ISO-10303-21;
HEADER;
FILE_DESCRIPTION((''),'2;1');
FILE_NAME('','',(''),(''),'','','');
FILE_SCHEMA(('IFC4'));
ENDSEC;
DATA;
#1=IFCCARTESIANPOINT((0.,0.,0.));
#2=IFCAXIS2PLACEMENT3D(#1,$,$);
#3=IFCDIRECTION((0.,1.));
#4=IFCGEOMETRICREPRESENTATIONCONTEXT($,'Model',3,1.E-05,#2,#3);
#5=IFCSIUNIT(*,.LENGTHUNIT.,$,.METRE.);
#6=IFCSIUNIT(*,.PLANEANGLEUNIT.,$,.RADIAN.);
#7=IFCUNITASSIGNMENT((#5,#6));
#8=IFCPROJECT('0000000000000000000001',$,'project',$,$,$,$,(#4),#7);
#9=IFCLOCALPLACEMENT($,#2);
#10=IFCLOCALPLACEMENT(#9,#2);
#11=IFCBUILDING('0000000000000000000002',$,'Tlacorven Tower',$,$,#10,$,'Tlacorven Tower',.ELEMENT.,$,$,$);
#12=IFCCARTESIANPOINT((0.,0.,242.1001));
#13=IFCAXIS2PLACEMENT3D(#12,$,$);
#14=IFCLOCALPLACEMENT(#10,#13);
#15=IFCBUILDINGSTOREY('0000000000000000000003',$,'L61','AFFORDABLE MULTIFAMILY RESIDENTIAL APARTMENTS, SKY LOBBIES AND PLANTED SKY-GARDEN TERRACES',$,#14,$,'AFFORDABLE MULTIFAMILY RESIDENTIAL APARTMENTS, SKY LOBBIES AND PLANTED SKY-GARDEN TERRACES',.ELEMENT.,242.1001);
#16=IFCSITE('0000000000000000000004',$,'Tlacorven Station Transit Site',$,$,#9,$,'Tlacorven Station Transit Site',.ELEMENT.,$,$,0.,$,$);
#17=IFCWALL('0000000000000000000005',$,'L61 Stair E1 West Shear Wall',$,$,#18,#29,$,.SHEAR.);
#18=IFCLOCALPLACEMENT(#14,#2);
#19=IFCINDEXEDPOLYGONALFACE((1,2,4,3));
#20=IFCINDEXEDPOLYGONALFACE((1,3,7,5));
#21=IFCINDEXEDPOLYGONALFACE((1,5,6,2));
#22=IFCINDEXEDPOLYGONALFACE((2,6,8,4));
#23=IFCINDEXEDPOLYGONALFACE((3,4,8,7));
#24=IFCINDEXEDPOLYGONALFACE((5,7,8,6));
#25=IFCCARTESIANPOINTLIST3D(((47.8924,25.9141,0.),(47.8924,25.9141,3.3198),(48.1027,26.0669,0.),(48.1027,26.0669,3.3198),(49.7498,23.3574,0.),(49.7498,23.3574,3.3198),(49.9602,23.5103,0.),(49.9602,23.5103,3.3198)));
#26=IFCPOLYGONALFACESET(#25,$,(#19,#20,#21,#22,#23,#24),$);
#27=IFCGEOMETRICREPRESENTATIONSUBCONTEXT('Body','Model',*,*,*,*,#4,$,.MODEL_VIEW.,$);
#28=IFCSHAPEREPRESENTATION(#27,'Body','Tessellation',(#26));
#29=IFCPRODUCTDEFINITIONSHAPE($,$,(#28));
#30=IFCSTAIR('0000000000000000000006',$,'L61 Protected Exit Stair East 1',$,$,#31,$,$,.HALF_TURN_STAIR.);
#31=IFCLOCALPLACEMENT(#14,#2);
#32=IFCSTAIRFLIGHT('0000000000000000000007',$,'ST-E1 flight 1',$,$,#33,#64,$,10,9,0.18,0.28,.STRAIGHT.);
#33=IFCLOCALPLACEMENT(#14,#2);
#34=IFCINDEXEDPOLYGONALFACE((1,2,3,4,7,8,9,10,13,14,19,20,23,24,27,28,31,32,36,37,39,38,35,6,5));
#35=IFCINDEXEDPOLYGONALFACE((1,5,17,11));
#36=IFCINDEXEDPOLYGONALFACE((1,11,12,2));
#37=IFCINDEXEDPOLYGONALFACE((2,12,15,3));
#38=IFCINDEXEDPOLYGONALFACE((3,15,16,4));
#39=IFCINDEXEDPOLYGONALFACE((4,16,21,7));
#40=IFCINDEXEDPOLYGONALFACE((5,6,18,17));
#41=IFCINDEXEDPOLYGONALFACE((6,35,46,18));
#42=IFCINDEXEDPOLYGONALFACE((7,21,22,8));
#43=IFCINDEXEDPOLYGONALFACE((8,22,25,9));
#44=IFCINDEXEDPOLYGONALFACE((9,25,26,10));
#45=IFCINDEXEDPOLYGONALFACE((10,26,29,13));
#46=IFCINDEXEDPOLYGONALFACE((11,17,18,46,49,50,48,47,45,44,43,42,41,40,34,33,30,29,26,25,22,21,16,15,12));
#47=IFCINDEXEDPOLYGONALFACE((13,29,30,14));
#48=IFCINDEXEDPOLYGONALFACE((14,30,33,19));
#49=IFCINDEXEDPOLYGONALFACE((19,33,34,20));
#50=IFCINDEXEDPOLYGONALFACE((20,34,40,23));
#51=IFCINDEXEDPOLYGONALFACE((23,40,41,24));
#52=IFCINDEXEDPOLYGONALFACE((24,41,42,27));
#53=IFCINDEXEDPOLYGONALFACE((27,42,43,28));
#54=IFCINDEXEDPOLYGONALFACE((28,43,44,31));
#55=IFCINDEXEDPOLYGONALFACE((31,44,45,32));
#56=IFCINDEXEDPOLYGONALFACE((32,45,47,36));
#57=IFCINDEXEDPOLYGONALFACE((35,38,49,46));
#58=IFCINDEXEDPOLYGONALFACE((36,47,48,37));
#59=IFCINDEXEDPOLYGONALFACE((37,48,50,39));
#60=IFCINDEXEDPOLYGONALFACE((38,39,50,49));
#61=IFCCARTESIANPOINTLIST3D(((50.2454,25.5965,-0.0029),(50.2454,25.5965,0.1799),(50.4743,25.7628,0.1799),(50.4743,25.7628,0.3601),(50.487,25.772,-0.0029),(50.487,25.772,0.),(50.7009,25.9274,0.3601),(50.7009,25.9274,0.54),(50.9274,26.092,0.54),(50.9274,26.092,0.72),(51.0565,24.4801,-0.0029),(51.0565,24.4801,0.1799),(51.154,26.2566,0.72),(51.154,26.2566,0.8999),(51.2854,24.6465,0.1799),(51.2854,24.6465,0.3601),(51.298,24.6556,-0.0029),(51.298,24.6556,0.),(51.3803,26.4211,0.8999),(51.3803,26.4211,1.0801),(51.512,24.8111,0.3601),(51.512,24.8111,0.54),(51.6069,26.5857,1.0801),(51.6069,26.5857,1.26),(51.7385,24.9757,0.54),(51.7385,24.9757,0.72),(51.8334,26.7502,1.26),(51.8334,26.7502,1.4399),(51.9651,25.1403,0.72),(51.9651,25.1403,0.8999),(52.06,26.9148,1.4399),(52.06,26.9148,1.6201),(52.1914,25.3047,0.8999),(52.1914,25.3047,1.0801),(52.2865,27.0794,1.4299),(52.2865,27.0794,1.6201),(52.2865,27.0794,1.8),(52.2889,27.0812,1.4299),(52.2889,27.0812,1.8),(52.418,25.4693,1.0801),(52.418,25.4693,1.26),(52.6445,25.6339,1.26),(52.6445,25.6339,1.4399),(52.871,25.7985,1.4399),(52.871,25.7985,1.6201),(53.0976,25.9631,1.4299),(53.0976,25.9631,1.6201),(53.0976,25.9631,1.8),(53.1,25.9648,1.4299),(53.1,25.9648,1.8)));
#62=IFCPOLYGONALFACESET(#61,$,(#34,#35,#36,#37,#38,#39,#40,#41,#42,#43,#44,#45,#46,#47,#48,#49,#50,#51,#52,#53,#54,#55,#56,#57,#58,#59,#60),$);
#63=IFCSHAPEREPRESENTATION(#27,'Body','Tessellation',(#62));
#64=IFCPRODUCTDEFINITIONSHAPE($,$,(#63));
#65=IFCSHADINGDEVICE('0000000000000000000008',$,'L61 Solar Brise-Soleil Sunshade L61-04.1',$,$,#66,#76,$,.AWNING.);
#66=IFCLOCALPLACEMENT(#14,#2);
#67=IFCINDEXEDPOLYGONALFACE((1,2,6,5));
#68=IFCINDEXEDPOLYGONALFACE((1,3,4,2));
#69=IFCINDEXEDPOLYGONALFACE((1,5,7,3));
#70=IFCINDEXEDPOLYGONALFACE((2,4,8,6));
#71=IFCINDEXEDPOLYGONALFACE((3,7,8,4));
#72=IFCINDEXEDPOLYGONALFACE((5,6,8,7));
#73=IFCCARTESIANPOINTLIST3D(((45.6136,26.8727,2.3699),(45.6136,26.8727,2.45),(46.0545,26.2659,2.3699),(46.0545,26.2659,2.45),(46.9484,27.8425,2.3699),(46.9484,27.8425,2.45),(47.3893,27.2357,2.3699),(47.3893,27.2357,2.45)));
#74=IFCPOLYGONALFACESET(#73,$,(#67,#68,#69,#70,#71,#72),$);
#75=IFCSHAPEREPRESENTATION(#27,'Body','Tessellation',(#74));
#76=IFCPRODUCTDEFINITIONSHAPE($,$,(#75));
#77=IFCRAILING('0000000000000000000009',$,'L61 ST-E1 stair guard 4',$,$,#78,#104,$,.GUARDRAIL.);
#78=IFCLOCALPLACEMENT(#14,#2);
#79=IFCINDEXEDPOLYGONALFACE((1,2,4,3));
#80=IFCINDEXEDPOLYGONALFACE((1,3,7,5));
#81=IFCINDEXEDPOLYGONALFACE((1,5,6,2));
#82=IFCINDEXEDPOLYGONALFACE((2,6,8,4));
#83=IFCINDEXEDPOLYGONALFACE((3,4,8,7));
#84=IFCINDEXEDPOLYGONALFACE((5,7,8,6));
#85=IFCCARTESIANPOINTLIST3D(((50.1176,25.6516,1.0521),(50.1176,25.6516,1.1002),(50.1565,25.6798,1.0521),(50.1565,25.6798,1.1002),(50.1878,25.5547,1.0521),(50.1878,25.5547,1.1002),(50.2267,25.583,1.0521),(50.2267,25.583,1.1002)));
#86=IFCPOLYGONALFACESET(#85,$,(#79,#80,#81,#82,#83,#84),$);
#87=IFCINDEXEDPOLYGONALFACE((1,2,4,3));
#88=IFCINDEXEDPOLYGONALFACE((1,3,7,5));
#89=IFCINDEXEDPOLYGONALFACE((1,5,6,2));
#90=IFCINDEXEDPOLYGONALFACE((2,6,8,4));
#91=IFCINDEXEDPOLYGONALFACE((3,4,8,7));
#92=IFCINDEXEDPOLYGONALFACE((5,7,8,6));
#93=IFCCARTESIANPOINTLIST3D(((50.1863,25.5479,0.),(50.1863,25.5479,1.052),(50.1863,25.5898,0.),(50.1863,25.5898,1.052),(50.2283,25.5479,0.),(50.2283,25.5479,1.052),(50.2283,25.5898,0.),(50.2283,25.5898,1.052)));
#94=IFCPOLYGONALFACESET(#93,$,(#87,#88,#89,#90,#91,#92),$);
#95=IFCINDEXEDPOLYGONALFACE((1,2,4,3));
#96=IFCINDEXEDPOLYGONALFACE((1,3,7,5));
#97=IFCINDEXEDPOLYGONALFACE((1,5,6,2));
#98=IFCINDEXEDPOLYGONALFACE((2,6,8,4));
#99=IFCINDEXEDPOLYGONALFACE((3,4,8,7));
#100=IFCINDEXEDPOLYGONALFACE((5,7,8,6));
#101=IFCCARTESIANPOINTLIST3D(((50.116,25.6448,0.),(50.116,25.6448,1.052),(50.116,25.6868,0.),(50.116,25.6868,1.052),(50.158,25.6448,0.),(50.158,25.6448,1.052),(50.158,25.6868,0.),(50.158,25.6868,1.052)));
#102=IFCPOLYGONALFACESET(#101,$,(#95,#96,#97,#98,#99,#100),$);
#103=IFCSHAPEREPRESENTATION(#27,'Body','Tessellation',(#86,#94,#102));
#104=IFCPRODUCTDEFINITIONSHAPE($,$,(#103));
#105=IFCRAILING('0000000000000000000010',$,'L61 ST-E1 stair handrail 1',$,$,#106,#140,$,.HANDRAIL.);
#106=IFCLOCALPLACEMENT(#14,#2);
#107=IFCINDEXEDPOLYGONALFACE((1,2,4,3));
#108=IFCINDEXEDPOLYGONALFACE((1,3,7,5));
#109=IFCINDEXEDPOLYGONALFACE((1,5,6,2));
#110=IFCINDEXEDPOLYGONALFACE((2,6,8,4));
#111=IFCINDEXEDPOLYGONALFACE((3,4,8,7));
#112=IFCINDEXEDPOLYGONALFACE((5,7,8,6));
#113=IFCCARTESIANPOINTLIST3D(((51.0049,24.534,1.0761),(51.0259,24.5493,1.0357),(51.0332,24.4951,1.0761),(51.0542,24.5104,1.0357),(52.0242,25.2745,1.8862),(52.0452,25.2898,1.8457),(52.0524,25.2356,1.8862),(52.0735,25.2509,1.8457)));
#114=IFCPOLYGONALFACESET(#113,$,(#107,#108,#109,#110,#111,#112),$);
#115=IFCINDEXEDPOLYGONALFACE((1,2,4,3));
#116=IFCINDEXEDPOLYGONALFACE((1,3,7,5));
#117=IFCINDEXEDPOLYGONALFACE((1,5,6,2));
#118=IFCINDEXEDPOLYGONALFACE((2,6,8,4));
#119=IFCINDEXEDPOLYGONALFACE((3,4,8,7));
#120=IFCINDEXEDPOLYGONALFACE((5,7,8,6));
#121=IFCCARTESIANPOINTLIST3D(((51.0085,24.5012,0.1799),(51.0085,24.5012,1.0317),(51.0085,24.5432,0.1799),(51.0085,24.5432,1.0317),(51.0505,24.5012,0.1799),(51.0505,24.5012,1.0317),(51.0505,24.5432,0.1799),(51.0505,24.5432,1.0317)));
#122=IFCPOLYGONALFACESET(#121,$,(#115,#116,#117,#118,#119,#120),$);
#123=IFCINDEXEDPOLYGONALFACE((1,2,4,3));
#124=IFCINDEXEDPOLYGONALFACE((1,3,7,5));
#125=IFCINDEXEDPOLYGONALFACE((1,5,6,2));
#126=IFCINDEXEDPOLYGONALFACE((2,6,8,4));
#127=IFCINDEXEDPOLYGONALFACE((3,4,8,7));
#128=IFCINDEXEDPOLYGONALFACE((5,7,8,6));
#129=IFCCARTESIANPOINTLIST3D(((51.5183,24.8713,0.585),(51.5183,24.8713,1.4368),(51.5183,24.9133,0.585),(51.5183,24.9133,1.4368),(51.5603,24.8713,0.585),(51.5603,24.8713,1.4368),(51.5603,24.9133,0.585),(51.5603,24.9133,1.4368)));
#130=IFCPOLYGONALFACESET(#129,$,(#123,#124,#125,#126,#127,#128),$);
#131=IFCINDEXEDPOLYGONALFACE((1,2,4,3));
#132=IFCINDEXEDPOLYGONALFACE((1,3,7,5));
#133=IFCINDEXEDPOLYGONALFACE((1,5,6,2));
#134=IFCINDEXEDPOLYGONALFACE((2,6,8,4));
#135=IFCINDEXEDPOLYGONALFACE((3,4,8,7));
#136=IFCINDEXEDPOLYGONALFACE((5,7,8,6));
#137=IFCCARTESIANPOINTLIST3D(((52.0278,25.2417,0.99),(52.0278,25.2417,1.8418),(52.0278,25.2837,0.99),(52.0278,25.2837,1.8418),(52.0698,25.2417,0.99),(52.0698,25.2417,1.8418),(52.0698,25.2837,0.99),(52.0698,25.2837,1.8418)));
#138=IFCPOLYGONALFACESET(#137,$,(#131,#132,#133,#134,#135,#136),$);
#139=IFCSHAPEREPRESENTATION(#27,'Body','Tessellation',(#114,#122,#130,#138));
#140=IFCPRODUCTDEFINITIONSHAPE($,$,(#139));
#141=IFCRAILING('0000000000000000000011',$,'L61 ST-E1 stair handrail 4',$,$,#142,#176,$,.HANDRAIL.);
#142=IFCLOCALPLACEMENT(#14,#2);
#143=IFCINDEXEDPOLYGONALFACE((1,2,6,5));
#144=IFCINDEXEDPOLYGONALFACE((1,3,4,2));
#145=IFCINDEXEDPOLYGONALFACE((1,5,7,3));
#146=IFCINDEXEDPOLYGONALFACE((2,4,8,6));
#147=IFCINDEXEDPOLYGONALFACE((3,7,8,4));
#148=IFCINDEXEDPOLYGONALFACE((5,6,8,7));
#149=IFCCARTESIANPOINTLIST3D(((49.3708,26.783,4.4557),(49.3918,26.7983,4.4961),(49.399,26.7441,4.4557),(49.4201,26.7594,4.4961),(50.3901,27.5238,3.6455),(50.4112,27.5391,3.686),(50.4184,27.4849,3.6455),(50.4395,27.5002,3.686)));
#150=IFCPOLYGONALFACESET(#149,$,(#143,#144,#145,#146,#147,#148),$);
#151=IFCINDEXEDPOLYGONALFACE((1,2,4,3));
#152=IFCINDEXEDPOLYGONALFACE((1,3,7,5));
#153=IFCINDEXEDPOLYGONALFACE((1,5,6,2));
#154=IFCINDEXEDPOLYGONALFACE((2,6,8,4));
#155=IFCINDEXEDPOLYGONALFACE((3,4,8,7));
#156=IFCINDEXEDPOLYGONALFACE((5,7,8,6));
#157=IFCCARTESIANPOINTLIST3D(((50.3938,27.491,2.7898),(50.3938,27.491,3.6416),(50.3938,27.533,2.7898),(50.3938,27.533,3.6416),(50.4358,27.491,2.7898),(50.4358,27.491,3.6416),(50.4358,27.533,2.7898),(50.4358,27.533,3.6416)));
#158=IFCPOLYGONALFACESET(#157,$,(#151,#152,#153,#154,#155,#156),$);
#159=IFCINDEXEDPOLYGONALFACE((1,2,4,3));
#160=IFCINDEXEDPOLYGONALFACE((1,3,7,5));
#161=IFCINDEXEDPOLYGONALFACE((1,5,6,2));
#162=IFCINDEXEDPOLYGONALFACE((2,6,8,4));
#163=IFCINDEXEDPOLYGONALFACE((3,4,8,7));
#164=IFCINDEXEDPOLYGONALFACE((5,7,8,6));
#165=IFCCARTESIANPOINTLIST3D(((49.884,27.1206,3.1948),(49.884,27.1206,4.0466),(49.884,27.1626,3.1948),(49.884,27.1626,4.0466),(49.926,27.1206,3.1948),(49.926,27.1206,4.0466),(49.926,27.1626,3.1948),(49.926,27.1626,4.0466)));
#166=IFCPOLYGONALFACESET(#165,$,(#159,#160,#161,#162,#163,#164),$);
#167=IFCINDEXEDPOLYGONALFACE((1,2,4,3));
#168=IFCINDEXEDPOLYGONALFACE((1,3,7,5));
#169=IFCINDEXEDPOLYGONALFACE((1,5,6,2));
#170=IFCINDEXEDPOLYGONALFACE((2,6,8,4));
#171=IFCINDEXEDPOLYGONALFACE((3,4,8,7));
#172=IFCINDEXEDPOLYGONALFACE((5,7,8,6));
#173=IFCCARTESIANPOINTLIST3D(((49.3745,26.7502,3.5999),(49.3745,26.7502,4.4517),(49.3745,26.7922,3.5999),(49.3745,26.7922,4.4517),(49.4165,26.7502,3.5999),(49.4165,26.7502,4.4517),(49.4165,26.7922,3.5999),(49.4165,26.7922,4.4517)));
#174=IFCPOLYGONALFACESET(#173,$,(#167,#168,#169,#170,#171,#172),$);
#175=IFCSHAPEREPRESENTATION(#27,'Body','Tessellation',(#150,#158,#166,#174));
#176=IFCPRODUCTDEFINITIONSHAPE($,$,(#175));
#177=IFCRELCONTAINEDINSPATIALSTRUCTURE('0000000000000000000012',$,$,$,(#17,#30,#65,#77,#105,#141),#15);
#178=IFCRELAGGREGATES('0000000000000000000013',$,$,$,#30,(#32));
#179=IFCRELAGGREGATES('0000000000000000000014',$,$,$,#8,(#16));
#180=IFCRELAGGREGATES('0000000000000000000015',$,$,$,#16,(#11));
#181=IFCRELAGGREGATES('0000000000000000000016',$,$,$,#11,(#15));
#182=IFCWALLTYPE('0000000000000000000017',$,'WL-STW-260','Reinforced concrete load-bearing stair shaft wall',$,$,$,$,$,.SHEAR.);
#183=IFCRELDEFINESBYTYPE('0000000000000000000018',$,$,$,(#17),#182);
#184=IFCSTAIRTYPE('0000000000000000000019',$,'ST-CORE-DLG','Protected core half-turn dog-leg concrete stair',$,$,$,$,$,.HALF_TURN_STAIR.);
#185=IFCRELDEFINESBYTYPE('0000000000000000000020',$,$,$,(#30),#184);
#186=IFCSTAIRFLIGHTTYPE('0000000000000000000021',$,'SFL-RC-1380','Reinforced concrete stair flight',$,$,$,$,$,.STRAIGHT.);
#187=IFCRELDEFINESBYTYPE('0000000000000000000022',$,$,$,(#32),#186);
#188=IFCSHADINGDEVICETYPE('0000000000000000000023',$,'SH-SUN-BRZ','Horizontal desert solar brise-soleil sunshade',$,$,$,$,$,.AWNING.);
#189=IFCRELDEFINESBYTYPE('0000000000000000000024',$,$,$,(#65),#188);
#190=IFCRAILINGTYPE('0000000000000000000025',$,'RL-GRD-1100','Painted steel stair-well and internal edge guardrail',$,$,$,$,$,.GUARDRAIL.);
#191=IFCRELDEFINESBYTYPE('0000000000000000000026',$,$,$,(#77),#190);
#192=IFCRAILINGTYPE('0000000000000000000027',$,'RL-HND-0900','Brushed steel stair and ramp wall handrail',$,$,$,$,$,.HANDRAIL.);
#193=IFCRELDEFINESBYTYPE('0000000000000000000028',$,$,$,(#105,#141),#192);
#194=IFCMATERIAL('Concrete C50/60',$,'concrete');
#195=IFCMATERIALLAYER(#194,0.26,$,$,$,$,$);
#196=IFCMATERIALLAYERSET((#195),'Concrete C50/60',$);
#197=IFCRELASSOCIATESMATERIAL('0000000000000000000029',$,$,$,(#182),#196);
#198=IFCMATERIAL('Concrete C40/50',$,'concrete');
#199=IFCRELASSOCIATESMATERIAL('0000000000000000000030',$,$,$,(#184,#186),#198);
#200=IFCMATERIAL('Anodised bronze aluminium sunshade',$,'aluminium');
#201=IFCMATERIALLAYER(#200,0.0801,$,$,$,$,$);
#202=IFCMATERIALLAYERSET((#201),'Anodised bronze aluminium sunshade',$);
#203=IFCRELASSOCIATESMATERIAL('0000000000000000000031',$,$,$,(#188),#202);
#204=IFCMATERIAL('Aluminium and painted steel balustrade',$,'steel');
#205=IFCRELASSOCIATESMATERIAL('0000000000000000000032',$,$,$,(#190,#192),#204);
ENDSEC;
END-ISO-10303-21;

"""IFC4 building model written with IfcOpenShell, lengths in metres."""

from ifc_helpers import new_model, si_unit, direction, frame, frame_2d, origin, origin_2d, place, context, subcontext, project, spatial, polyline, rectangle, outline, extrude, source, transform, mapped, material, layer, layer_set, type_object, element, aggregate, save


model = new_model("IFC4")

# Units and contexts
model_context = context("Model", 3, precision=1e-05, world=origin(), true_north=direction((0.0, 1.0)))
body_context = subcontext(model_context, "Body", "Model", "MODEL_VIEW")
ifc_project = project(units=[si_unit("LENGTHUNIT", "METRE"), si_unit("PLANEANGLEUNIT", "RADIAN")], contexts=[model_context])

# Site, building, storey
site_placement = place(None, origin())
site = spatial("IfcSite", under=ifc_project, at=site_placement, Name="Tlacorven Station Transit Site", LongName="Tlacorven Station Transit Site", CompositionType="ELEMENT", RefElevation=0.0)
building_placement = place(site_placement, origin())
building = spatial("IfcBuilding", under=site, at=building_placement, Name="Tlacorven Tower", LongName="Tlacorven Tower", CompositionType="ELEMENT")
storey_placement = place(building_placement, frame((0.0, 0.0, 242.1001)))
storey = spatial("IfcBuildingStorey", under=building, at=storey_placement, Name="L61", Description="AFFORDABLE MULTIFAMILY RESIDENTIAL APARTMENTS, SKY LOBBIES AND PLANTED SKY-GARDEN TERRACES", LongName="AFFORDABLE MULTIFAMILY RESIDENTIAL APARTMENTS, SKY LOBBIES AND PLANTED SKY-GARDEN TERRACES", CompositionType="ELEMENT", Elevation=242.1001)

# Shared definitions
ifc_material_1 = material(Name="Concrete C50/60", Category="concrete")

# Shared definitions
ifc_material_2 = material(Name="Concrete C40/50", Category="concrete")

# Shared definitions
ifc_layer_1 = layer(ifc_material_1, 0.26)
ifc_layer_set_1 = layer_set([ifc_layer_1], Name="Concrete C50/60")
wall_type_1 = type_object("IfcWallType", Name="WL-STW-260", Description="Reinforced concrete load-bearing stair shaft wall", PredefinedType="SHEAR", material=ifc_layer_set_1)

# Wall
wall_1_placement = place(storey_placement, frame((49.855, 23.4338, 0.0), z_axis=(0.0, 0.0, 1.0), x_axis=(-0.587767, 0.80903, 0.0)))
element("IfcWall", 1, at=wall_1_placement, inside=storey, type_object=wall_type_1, Name="L61 Stair E1 West Shear Wall", PredefinedType="SHEAR", context=body_context, shape_type="SweptSolid", body=[
    extrude(rectangle(XDim=3.1602, YDim=0.26, at=frame_2d((1.5801, 0.0))), origin(), (0.0, 0.0, 1.0), 3.3198),
])

# Stair, stair flight
stair_type = type_object("IfcStairType", Name="ST-CORE-DLG", Description="Protected core half-turn dog-leg concrete stair", PredefinedType="HALF_TURN_STAIR", material=ifc_material_2)
stair_placement = place(storey_placement, origin())
stair = element("IfcStair", 2, at=stair_placement, inside=storey, type_object=stair_type, Name="L61 Protected Exit Stair East 1", PredefinedType="HALF_TURN_STAIR")
stair_flight_type = type_object("IfcStairFlightType", Name="SFL-RC-1380", Description="Reinforced concrete stair flight", PredefinedType="STRAIGHT", material=ifc_material_2)
shared_shape_1 = source(origin(), body_context, "Body", "SweptSolid", [
    extrude(outline(polyline([(-0.0029, -0.0029), (-0.0029, 0.1799), (0.28, 0.1799), (0.28, 0.3601), (0.5601, 0.3601), (0.5601, 0.54), (0.8401, 0.54), (0.8401, 0.72), (1.1201, 0.72), (1.1201, 0.8999), (1.3999, 0.8999), (1.3999, 1.0801), (1.6799, 1.0801), (1.6799, 1.26), (1.96, 1.26), (1.96, 1.4399), (2.24, 1.4399), (2.24, 1.6201), (2.52, 1.6201), (2.52, 1.8), (2.5229, 1.8), (2.5229, 1.4299), (2.52, 1.4299), (0.2957, 0.0), (0.2957, -0.0029), (-0.0029, -0.0029)])), frame((0.0, 0.6899, 0.0), z_axis=(0.0, -1.0, 0.0), x_axis=(1.0, 0.0, 0.0)), (0.0, 0.0, 1.0), 1.3799),
])
stair_flight_placement = place(storey_placement, frame((50.6533, 25.04, 0.0), z_axis=(0.0, 0.0, 1.0), x_axis=(0.809017, 0.587785, 0.0)))
stair_flight = element("IfcStairFlight", 3, at=stair_flight_placement, type_object=stair_flight_type, Name="ST-E1 flight 1", NumberOfRisers=10, NumberOfTreads=9, PredefinedType="STRAIGHT", RiserHeight=0.18, TreadLength=0.28, context=body_context, shape_type="MappedRepresentation", body=[
    mapped(shared_shape_1, transform((0.0, 0.0, 0.0), scale=1.0)),
])
aggregate(stair, [stair_flight])

# Shading device
ifc_material_3 = material(Name="Anodised bronze aluminium sunshade", Category="aluminium")
ifc_layer_2 = layer(ifc_material_3, 0.0801)
ifc_layer_set_2 = layer_set([ifc_layer_2], Name="Anodised bronze aluminium sunshade")
shading_device_type = type_object("IfcShadingDeviceType", Name="SH-SUN-BRZ", Description="Horizontal desert solar brise-soleil sunshade", PredefinedType="AWNING", material=ifc_layer_set_2)
shared_shape_2 = source(origin(), body_context, "Body", "SweptSolid", [
    extrude(rectangle(XDim=1.6499, YDim=0.75, at=origin_2d()), origin(), (0.0, 0.0, 1.0), 0.0801),
])
shading_device_placement = place(storey_placement, frame((46.5015, 27.0542, 2.3699), z_axis=(0.0, 0.0, 1.0), x_axis=(0.809017, 0.587785, 0.0)))
element("IfcShadingDevice", 4, at=shading_device_placement, inside=storey, type_object=shading_device_type, Name="L61 Solar Brise-Soleil Sunshade L61-04.1", PredefinedType="AWNING", context=body_context, shape_type="MappedRepresentation", body=[
    mapped(shared_shape_2, transform((0.0, 0.0, 0.0), scale=1.0)),
])

# Railings
ifc_material_4 = material(Name="Aluminium and painted steel balustrade", Category="steel")
railing_type_1 = type_object("IfcRailingType", Name="RL-GRD-1100", Description="Painted steel stair-well and internal edge guardrail", PredefinedType="GUARDRAIL", material=ifc_material_4)
shared_shape_3 = source(origin(), body_context, "Body", "SweptSolid", [
    extrude(rectangle(XDim=0.0481, YDim=0.0481, at=origin_2d()), frame((0.0, 0.0, 1.0762), z_axis=(-0.587201, 0.809441, 0.0), x_axis=(-0.809441, -0.587201, 0.0)), (0.0, 0.0, 1.0), 0.1196),
    extrude(rectangle(XDim=0.042, YDim=0.042, at=origin_2d()), origin(), (0.0, 0.0, 1.0), 1.052),
    extrude(rectangle(XDim=0.042, YDim=0.042, at=origin_2d()), frame((-0.0703, 0.0969, 0.0)), (0.0, 0.0, 1.0), 1.052),
])
railing_1_placement = place(storey_placement, frame((50.2073, 25.5688, 0.0)))
element("IfcRailing", 5, at=railing_1_placement, inside=storey, type_object=railing_type_1, Name="L61 ST-E1 stair guard 4", PredefinedType="GUARDRAIL", context=body_context, shape_type="MappedRepresentation", body=[
    mapped(shared_shape_3, transform((0.0, 0.0, 0.0), scale=1.0)),
])
railing_type_2 = type_object("IfcRailingType", Name="RL-HND-0900", Description="Brushed steel stair and ramp wall handrail", PredefinedType="HANDRAIL", material=ifc_material_4)
shared_shape_4 = source(origin(), body_context, "Body", "SweptSolid", [
    extrude(rectangle(XDim=0.0481, YDim=0.0481, at=origin_2d()), frame((0.0, 0.0, 0.876), z_axis=(0.680516, 0.494373, 0.540827), x_axis=(-0.587745, 0.809046, 0.0)), (0.0, 0.0, 1.0), 1.4978),
    extrude(rectangle(XDim=0.042, YDim=0.042, at=origin_2d()), origin(), (0.0, 0.0, 1.0), 0.8518),
    extrude(rectangle(XDim=0.042, YDim=0.042, at=origin_2d()), frame((0.5098, 0.3701, 0.405)), (0.0, 0.0, 1.0), 0.8518),
    extrude(rectangle(XDim=0.042, YDim=0.042, at=origin_2d()), frame((1.0193, 0.7405, 0.8101)), (0.0, 0.0, 1.0), 0.8518),
])
railing_2_placement = place(storey_placement, frame((51.0295, 24.5222, 0.1799)))
element("IfcRailing", 6, at=railing_2_placement, inside=storey, type_object=railing_type_2, Name="L61 ST-E1 stair handrail 1", PredefinedType="HANDRAIL", context=body_context, shape_type="MappedRepresentation", body=[
    mapped(shared_shape_4, transform((0.0, 0.0, 0.0), scale=1.0)),
])
shared_shape_5 = source(origin(), body_context, "Body", "SweptSolid", [
    extrude(rectangle(XDim=0.0481, YDim=0.0481, at=origin_2d()), frame((0.0, 0.0, 0.876), z_axis=(-0.680461, -0.494496, 0.540783), x_axis=(0.587872, -0.808954, 0.0)), (0.0, 0.0, 1.0), 1.498),
    extrude(rectangle(XDim=0.042, YDim=0.042, at=origin_2d()), origin(), (0.0, 0.0, 1.0), 0.8518),
    extrude(rectangle(XDim=0.042, YDim=0.042, at=origin_2d()), frame((-0.5098, -0.3704, 0.405)), (0.0, 0.0, 1.0), 0.8518),
    extrude(rectangle(XDim=0.042, YDim=0.042, at=origin_2d()), frame((-1.0193, -0.7407, 0.8101)), (0.0, 0.0, 1.0), 0.8518),
])
railing_3_placement = place(storey_placement, frame((50.4148, 27.512, 2.7898)))
element("IfcRailing", 7, at=railing_3_placement, inside=storey, type_object=railing_type_2, Name="L61 ST-E1 stair handrail 4", PredefinedType="HANDRAIL", context=body_context, shape_type="MappedRepresentation", body=[
    mapped(shared_shape_5, transform((0.0, 0.0, 0.0), scale=1.0)),
])

save(model, "model.ifc")
